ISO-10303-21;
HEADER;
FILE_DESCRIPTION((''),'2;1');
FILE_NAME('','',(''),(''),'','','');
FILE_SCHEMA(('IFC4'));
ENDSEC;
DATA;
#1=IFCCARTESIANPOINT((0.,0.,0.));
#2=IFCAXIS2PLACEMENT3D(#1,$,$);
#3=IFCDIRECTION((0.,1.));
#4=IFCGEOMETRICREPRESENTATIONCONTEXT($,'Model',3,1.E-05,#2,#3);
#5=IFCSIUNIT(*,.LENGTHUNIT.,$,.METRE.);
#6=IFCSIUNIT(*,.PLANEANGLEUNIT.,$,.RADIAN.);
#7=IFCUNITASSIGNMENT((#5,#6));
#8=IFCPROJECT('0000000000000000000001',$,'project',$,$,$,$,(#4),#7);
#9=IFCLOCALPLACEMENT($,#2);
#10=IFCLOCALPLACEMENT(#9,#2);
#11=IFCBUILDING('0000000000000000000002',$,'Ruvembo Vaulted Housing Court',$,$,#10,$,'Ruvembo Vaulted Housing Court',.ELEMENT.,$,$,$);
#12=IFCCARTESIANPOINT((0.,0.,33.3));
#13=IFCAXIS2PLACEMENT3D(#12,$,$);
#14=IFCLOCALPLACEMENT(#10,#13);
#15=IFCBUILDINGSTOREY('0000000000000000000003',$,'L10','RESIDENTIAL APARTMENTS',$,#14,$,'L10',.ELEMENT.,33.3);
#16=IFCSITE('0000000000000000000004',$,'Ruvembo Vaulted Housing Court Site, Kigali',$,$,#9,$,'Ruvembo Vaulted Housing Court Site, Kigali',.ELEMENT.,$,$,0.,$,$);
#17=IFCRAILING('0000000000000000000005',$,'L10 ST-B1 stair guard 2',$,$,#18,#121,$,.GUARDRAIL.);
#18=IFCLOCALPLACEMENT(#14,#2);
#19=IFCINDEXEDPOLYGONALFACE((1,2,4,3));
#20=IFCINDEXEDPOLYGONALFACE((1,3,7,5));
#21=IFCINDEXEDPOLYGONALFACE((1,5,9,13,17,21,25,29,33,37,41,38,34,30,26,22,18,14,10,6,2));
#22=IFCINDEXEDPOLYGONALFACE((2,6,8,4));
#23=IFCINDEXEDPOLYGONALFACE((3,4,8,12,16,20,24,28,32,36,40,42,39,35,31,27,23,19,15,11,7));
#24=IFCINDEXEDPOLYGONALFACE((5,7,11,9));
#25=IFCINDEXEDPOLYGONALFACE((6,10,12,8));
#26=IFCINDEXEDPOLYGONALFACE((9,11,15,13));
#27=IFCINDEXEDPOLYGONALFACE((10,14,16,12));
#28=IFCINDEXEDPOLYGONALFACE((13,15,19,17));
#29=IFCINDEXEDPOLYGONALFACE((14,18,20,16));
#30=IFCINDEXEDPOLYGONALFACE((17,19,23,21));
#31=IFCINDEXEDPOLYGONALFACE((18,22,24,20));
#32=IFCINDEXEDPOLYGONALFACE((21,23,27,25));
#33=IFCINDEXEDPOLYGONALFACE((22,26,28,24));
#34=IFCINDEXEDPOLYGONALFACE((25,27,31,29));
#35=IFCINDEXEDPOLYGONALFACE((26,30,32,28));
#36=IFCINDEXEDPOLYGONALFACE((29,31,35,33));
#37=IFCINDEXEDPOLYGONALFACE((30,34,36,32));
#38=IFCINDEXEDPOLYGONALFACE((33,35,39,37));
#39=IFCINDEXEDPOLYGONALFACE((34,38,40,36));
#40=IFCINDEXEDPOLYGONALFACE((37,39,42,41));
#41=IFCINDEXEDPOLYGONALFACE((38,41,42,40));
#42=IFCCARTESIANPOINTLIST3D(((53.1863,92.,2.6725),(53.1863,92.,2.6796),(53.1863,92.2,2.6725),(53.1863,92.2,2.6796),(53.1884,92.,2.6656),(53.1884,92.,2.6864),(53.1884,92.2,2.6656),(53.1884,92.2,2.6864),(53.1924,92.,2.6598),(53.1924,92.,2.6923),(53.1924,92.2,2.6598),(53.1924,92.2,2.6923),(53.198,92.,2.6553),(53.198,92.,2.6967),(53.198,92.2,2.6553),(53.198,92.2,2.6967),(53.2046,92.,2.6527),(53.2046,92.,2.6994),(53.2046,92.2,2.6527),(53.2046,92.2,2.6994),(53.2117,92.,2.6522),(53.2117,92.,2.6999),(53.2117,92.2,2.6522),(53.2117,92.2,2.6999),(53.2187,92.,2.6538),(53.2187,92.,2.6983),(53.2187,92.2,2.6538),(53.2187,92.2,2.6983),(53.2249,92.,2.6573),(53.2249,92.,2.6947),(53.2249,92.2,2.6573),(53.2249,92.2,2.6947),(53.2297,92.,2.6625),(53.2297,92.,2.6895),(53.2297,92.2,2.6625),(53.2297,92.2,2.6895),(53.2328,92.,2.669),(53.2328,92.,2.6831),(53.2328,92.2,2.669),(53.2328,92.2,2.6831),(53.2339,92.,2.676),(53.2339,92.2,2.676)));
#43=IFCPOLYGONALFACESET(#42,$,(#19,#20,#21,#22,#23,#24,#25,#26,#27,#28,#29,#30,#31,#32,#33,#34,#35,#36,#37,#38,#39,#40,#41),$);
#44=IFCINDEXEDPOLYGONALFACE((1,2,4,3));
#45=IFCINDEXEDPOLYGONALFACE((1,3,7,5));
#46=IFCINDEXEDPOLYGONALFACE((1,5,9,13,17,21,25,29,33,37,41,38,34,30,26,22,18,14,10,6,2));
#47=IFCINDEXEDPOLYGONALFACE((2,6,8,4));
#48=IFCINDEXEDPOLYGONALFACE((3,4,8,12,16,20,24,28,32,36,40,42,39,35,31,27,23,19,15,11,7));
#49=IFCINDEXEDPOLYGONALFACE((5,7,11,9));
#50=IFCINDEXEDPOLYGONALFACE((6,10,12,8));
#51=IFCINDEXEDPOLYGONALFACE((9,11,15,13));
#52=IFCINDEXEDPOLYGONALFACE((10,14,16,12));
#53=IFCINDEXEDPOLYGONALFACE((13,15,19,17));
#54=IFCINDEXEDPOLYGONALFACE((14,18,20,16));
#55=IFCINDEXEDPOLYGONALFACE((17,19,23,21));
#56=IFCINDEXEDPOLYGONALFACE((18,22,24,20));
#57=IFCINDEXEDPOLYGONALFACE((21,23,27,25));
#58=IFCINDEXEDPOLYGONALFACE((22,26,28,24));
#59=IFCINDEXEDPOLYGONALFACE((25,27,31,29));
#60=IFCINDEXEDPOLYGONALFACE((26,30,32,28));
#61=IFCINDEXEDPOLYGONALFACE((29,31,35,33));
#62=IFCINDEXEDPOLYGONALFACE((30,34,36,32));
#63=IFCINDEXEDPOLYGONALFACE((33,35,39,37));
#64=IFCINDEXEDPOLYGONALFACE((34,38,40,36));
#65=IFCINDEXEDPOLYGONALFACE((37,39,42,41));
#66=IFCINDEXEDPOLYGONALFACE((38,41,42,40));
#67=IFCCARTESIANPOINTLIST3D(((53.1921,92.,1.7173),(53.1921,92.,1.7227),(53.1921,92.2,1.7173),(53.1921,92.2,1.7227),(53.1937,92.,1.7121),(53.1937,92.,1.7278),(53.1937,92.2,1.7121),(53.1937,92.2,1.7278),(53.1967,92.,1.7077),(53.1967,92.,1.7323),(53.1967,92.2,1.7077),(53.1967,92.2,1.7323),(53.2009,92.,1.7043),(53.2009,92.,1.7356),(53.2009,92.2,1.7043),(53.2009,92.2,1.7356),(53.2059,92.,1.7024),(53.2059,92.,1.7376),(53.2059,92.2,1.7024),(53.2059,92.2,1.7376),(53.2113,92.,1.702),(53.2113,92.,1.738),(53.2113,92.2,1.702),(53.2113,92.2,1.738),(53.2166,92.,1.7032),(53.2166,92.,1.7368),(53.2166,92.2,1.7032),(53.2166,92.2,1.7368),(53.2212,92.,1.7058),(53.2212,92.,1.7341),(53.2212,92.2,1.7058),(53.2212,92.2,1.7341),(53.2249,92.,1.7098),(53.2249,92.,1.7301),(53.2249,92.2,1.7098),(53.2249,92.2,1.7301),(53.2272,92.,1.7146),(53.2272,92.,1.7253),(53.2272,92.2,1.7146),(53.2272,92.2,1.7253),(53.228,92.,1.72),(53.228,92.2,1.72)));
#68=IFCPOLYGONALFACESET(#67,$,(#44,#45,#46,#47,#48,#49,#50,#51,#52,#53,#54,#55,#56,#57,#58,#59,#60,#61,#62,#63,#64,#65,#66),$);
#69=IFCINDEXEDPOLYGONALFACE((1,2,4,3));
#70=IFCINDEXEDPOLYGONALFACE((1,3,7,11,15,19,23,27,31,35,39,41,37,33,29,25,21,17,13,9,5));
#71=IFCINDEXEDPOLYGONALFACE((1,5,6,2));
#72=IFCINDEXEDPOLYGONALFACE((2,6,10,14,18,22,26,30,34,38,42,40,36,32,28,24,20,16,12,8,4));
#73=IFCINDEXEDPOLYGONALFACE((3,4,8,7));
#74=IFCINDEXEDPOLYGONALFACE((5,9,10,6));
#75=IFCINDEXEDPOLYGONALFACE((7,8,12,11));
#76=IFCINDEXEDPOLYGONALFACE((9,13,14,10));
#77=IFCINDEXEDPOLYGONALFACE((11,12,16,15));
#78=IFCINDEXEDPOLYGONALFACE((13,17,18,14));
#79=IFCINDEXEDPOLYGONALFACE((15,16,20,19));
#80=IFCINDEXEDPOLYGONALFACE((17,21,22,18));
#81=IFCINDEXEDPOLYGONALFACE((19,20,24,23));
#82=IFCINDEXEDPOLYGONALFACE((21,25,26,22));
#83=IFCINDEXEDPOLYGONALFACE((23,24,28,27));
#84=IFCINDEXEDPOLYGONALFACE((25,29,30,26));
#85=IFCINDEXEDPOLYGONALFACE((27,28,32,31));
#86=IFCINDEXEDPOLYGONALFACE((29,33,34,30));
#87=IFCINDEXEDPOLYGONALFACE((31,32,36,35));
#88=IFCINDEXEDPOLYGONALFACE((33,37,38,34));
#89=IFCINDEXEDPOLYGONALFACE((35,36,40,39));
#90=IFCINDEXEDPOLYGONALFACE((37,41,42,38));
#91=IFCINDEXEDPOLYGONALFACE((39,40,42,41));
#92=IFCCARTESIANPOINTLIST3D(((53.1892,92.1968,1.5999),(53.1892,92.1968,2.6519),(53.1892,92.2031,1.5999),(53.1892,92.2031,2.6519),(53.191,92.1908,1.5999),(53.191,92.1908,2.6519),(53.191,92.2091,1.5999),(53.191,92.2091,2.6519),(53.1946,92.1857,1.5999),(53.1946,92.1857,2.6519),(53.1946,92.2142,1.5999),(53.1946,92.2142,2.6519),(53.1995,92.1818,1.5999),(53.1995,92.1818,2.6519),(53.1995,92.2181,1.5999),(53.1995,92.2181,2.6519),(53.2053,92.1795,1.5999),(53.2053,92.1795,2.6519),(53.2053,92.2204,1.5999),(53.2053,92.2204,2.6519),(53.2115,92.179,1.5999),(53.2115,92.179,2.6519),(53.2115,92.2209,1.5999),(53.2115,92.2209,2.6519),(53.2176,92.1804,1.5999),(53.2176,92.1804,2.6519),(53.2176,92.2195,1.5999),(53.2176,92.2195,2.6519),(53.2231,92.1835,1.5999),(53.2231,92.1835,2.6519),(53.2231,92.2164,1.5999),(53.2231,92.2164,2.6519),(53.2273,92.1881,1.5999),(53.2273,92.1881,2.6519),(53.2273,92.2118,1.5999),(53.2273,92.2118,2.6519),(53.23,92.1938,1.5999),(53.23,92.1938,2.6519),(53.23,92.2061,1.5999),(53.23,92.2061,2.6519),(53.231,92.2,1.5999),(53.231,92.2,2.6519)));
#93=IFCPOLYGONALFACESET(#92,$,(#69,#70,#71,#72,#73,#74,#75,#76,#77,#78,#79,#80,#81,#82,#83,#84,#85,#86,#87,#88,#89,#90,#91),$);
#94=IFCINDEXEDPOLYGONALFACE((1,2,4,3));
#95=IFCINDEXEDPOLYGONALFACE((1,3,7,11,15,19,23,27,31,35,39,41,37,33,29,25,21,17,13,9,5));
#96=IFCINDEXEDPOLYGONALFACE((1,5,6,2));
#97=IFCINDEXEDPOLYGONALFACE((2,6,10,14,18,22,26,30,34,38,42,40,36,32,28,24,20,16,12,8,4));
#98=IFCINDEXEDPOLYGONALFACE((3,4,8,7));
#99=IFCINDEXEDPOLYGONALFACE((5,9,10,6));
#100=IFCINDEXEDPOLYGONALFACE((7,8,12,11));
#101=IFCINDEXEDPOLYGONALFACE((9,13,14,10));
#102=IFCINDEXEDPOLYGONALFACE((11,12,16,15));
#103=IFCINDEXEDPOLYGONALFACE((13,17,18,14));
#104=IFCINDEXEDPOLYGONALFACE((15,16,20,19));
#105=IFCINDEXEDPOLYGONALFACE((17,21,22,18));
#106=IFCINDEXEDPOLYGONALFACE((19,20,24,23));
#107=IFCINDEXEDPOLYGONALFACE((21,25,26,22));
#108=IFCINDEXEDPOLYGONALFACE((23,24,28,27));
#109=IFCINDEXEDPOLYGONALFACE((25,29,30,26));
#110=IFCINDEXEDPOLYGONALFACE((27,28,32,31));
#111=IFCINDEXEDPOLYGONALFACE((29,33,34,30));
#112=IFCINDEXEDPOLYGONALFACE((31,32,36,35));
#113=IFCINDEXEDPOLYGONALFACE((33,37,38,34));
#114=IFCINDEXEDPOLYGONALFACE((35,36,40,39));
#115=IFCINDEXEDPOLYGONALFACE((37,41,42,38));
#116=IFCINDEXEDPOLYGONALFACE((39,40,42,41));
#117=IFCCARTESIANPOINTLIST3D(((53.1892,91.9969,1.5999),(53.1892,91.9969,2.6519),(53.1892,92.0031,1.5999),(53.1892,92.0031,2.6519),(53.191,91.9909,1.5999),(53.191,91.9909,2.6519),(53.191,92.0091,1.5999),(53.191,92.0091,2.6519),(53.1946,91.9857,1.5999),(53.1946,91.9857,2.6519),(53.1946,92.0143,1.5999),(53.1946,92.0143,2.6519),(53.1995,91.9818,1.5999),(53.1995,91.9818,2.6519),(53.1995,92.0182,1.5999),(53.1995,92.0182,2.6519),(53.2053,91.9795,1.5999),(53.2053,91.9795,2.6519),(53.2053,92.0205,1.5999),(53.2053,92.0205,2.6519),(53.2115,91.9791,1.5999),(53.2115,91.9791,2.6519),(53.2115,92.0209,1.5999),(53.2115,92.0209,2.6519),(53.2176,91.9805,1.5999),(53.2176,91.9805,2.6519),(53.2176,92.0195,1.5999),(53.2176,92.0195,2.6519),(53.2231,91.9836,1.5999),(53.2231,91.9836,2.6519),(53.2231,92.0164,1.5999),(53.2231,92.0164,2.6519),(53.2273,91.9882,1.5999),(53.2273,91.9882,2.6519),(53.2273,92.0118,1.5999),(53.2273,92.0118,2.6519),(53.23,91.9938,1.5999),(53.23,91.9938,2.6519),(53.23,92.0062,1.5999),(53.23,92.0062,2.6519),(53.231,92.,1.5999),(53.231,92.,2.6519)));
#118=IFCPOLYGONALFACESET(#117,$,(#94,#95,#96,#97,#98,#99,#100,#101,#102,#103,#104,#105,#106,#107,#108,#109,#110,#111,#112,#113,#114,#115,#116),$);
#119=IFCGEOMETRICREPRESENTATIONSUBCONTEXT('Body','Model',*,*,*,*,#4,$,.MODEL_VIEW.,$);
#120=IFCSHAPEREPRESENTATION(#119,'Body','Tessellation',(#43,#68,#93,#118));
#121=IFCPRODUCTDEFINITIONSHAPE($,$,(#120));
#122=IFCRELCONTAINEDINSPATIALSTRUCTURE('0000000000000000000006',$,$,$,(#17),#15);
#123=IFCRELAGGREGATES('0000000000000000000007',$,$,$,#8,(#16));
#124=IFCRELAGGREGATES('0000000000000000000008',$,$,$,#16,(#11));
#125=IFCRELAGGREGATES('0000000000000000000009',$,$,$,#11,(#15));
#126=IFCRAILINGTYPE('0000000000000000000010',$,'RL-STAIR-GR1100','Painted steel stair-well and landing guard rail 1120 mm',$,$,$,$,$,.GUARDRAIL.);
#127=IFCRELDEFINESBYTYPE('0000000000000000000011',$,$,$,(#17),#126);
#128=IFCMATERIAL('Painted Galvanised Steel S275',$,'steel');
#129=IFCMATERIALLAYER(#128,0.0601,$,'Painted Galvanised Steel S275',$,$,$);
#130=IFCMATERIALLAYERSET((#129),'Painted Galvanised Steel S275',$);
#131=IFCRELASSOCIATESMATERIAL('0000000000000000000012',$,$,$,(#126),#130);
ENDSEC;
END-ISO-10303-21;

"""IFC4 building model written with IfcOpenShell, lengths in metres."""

from ifc_helpers import new_model, si_unit, direction, frame, origin, origin_2d, place, context, subcontext, project, spatial, circle, extrude, material, layer, layer_set, type_object, element, save


model = new_model("IFC4")

# Units and contexts
model_context = context("Model", 3, precision=1e-05, world=origin(), true_north=direction((0.0, 1.0)))
body_context = subcontext(model_context, "Body", "Model", "MODEL_VIEW")
ifc_project = project(units=[si_unit("LENGTHUNIT", "METRE"), si_unit("PLANEANGLEUNIT", "RADIAN")], contexts=[model_context])

# Site, building, storey
site_placement = place(None, origin())
site = spatial("IfcSite", under=ifc_project, at=site_placement, Name="Ruvembo Vaulted Housing Court Site, Kigali", LongName="Ruvembo Vaulted Housing Court Site, Kigali", CompositionType="ELEMENT", RefElevation=0.0)
building_placement = place(site_placement, origin())
building = spatial("IfcBuilding", under=site, at=building_placement, Name="Ruvembo Vaulted Housing Court", LongName="Ruvembo Vaulted Housing Court", CompositionType="ELEMENT")
storey_placement = place(building_placement, frame((0.0, 0.0, 33.3)))
storey = spatial("IfcBuildingStorey", under=building, at=storey_placement, Name="L10", Description="RESIDENTIAL APARTMENTS", LongName="L10", CompositionType="ELEMENT", Elevation=33.3)

# Railing
ifc_material_1 = material(Name="Painted Galvanised Steel S275", Category="steel")
ifc_layer_1 = layer(ifc_material_1, 0.0601, Name="Painted Galvanised Steel S275")
ifc_layer_set_1 = layer_set([ifc_layer_1], Name="Painted Galvanised Steel S275")
railing_type_1 = type_object("IfcRailingType", Name="RL-STAIR-GR1100", Description="Painted steel stair-well and landing guard rail 1120 mm", PredefinedType="GUARDRAIL", material=ifc_layer_set_1)
railing_1_placement = place(storey_placement, frame((53.21, 92.2, 1.5999)))
element("IfcRailing", 1, at=railing_1_placement, inside=storey, type_object=railing_type_1, Name="L10 ST-B1 stair guard 2", PredefinedType="GUARDRAIL", context=body_context, shape_type="SweptSolid", body=[
    extrude(circle(Radius=0.0239, at=origin_2d()), frame((0.0, 0.0, 1.0762), z_axis=(0.0, -1.0, 0.0), x_axis=(1.0, 0.0, 0.0)), (0.0, 0.0, 1.0), 0.2),
    extrude(circle(Radius=0.0181, at=origin_2d()), frame((0.0, 0.0, 0.1201), z_axis=(0.0, -1.0, 0.0), x_axis=(1.0, 0.0, 0.0)), (0.0, 0.0, 1.0), 0.2),
    extrude(circle(Radius=0.021, at=origin_2d()), origin(), (0.0, 0.0, 1.0), 1.052),
    extrude(circle(Radius=0.021, at=origin_2d()), frame((0.0, -0.2, 0.0)), (0.0, 0.0, 1.0), 1.052),
])

save(model, "model.ifc")
